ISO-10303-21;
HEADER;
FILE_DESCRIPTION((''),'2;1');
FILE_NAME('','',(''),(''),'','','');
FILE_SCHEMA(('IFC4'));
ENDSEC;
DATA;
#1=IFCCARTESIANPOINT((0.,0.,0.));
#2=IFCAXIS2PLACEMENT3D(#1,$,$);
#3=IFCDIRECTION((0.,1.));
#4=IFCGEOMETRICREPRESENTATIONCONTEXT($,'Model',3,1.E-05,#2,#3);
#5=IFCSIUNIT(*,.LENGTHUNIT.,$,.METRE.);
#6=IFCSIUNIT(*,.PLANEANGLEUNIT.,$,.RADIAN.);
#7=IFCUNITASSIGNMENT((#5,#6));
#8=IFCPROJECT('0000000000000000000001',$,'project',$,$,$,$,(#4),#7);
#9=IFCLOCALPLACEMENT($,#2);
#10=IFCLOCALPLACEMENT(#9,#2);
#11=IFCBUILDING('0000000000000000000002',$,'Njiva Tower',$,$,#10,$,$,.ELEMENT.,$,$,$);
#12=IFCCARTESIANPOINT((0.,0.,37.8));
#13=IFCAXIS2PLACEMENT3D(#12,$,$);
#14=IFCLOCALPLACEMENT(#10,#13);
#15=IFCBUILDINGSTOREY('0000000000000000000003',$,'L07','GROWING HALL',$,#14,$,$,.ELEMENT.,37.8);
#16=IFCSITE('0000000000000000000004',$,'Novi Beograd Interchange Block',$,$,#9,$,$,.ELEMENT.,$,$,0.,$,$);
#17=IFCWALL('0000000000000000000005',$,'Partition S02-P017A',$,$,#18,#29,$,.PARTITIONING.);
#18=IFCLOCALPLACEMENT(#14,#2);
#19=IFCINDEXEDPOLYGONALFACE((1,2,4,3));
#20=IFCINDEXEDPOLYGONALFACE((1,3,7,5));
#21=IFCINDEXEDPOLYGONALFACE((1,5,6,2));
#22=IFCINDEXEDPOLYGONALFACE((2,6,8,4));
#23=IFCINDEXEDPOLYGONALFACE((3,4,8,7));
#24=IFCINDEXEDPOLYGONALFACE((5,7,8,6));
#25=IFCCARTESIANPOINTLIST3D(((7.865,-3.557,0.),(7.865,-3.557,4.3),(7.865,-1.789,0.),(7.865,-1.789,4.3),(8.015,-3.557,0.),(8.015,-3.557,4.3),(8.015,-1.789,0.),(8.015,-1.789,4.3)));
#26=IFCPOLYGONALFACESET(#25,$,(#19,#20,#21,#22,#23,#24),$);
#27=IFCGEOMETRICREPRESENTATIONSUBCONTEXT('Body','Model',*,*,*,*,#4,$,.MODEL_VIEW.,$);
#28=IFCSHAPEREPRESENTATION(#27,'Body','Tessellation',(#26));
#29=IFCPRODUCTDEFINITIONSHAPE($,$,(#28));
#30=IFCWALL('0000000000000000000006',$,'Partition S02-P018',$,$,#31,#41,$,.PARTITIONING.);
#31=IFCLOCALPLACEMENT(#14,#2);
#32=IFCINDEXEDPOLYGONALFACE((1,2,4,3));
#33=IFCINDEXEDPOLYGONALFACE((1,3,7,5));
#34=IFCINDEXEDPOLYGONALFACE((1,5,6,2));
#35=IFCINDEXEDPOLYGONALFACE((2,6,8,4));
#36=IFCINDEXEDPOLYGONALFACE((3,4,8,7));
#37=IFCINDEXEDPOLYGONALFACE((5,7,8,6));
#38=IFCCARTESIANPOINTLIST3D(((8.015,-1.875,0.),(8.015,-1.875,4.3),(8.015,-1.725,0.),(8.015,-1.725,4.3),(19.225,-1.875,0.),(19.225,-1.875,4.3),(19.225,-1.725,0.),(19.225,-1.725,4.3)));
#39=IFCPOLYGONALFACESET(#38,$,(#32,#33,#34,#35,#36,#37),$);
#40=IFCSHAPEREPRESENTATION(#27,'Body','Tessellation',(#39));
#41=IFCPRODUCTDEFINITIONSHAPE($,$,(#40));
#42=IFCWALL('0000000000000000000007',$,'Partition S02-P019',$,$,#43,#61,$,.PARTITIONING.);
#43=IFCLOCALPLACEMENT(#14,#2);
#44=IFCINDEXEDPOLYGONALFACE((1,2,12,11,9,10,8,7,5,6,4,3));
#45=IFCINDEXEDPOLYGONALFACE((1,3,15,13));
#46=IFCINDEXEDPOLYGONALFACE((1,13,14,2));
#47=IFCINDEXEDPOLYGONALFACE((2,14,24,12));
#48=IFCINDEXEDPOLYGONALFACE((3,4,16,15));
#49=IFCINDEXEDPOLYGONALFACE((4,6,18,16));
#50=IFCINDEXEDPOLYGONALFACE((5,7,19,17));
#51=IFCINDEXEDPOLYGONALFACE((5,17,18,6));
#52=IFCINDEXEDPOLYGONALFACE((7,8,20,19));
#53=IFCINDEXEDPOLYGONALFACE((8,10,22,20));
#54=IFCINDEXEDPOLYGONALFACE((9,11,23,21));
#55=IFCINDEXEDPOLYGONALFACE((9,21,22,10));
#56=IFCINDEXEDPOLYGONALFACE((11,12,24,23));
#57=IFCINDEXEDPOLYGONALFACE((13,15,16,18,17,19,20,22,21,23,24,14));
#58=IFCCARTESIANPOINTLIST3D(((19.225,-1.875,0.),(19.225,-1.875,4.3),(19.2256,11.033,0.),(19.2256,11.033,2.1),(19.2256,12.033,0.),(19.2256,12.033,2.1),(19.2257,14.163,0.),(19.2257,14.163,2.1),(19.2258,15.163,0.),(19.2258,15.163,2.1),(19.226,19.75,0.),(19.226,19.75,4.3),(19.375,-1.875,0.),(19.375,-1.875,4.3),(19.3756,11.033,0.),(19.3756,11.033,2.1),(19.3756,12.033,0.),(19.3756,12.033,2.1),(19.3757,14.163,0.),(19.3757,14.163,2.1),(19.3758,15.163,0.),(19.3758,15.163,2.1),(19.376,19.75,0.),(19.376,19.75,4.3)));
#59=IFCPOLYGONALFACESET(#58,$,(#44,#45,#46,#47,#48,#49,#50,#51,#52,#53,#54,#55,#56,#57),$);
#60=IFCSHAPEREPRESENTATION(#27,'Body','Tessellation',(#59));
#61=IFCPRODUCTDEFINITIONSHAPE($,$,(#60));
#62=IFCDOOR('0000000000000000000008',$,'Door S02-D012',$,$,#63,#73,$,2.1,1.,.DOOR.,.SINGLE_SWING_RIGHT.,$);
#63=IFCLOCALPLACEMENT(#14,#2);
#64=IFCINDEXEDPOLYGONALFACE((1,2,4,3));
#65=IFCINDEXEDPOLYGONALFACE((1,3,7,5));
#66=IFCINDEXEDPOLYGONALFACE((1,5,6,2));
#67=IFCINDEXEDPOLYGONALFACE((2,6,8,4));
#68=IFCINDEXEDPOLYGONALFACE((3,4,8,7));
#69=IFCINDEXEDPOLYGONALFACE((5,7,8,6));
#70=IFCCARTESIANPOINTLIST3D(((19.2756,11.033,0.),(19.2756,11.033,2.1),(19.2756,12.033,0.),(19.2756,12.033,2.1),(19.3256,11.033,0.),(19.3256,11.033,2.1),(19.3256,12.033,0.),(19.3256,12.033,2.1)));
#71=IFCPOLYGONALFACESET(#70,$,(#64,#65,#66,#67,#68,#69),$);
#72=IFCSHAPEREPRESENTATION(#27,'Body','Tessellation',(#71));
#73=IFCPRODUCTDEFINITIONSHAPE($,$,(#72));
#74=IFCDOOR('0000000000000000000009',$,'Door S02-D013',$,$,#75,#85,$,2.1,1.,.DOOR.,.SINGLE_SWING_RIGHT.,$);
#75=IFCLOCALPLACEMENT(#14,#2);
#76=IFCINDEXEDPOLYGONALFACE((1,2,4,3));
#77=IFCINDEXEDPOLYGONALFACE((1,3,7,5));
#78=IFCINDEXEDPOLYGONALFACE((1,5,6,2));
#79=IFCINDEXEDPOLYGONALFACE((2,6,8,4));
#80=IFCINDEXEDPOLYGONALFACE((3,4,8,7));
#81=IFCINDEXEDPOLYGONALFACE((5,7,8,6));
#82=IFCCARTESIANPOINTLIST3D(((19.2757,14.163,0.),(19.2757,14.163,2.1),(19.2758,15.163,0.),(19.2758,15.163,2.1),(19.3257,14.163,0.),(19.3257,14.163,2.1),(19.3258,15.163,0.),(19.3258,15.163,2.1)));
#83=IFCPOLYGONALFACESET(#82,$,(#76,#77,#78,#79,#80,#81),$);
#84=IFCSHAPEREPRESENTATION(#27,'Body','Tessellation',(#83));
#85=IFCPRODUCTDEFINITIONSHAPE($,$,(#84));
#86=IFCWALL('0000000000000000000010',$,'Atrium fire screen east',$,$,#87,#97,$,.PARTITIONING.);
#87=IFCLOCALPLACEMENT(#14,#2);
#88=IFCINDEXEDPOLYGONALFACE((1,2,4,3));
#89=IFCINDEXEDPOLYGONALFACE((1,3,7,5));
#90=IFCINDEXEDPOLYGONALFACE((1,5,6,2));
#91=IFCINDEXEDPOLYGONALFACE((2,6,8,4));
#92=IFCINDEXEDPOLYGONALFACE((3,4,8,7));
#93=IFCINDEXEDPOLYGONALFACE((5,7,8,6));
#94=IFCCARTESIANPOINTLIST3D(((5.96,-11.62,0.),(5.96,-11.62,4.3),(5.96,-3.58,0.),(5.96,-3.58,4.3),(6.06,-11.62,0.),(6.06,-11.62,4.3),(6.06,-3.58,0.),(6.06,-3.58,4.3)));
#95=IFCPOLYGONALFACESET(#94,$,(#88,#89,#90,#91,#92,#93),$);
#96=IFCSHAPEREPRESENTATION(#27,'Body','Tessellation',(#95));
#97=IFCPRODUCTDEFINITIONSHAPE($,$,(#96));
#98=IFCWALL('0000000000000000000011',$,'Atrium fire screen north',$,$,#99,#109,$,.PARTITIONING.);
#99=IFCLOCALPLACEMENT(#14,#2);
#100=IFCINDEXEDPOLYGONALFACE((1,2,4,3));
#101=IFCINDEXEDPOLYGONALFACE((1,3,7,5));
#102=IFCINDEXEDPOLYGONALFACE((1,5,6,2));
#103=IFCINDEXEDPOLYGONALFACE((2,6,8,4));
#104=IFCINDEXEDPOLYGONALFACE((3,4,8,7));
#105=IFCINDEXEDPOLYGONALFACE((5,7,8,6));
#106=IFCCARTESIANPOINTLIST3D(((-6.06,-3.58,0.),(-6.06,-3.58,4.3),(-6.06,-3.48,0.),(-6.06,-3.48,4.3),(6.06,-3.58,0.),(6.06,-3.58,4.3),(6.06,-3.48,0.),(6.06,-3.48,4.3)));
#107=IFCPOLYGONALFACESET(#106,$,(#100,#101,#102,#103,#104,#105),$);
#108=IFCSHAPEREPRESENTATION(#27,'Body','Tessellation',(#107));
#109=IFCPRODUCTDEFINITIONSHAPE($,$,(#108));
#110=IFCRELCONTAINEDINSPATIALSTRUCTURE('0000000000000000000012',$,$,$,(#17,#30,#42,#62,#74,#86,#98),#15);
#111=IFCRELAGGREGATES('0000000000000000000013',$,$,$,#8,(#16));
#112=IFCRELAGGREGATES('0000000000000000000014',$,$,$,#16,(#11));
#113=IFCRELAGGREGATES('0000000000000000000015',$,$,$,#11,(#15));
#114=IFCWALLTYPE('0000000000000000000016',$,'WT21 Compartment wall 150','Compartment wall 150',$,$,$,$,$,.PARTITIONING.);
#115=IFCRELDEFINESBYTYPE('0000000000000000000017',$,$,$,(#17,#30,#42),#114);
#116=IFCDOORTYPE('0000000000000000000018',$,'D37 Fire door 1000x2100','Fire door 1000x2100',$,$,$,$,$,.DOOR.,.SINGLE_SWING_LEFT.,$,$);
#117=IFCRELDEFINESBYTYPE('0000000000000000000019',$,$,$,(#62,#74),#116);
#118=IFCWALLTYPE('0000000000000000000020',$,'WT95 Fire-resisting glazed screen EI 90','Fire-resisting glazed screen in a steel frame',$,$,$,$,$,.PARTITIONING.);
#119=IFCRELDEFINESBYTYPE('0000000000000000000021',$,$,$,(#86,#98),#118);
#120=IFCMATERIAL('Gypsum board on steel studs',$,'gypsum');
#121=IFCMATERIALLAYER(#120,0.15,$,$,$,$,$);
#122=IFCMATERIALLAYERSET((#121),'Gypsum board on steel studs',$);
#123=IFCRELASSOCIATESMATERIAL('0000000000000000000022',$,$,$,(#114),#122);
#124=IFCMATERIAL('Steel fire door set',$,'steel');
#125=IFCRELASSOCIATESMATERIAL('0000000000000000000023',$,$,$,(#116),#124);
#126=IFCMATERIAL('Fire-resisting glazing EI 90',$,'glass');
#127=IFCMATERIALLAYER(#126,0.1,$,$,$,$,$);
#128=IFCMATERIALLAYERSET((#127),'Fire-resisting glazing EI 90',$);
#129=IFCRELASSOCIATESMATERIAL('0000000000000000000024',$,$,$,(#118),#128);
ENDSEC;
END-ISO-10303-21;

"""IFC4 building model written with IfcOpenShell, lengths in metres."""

from ifc_helpers import new_model, si_unit, direction, frame, frame_2d, origin, place, context, subcontext, project, spatial, rectangle, extrude, material, layer, layer_set, type_object, element, fill, save


model = new_model("IFC4")

# Units and contexts
model_context = context("Model", 3, precision=1e-05, world=origin(), true_north=direction((0.0, 1.0)))
body_context = subcontext(model_context, "Body", "Model", "MODEL_VIEW")
ifc_project = project(units=[si_unit("LENGTHUNIT", "METRE"), si_unit("PLANEANGLEUNIT", "RADIAN")], contexts=[model_context])

# Site, building, storey
site_placement = place(None, origin())
site = spatial("IfcSite", under=ifc_project, at=site_placement, Name="Novi Beograd Interchange Block", CompositionType="ELEMENT", RefElevation=0.0)
building_placement = place(site_placement, origin())
building = spatial("IfcBuilding", under=site, at=building_placement, Name="Njiva Tower", CompositionType="ELEMENT")
storey_placement = place(building_placement, frame((0.0, 0.0, 37.8)))
storey = spatial("IfcBuildingStorey", under=building, at=storey_placement, Name="L07", Description="GROWING HALL", CompositionType="ELEMENT", Elevation=37.8)

# Shared definitions
ifc_material_1 = material(Name="Gypsum board on steel studs", Category="gypsum")
ifc_layer_1 = layer(ifc_material_1, 0.15)
ifc_layer_set_1 = layer_set([ifc_layer_1], Name="Gypsum board on steel studs")
wall_type_1 = type_object("IfcWallType", Name="WT21 Compartment wall 150", Description="Compartment wall 150", PredefinedType="PARTITIONING", material=ifc_layer_set_1)

# Shared definitions
ifc_material_2 = material(Name="Steel fire door set", Category="steel")
door_type = type_object("IfcDoorType", Name="D37 Fire door 1000x2100", Description="Fire door 1000x2100", OperationType="SINGLE_SWING_LEFT", PredefinedType="DOOR", material=ifc_material_2)

# Walls
wall_1_placement = place(storey_placement, frame((7.94, -3.557, 0.0), z_axis=(0.0, 0.0, 1.0), x_axis=(0.0, 1.0, 0.0)))
element("IfcWall", 1, at=wall_1_placement, inside=storey, type_object=wall_type_1, Name="Partition S02-P017A", PredefinedType="PARTITIONING", context=body_context, shape_type="SweptSolid", body=[
    extrude(rectangle(XDim=1.768, YDim=0.15, at=frame_2d((0.884, 0.0))), origin(), (0.0, 0.0, 1.0), 4.3),
])
wall_2_placement = place(storey_placement, frame((8.015, -1.8, 0.0), z_axis=(0.0, 0.0, 1.0), x_axis=(1.0, 0.0, 0.0)))
element("IfcWall", 2, at=wall_2_placement, inside=storey, type_object=wall_type_1, Name="Partition S02-P018", PredefinedType="PARTITIONING", context=body_context, shape_type="SweptSolid", body=[
    extrude(rectangle(XDim=11.21, YDim=0.15, at=frame_2d((5.605, 0.0))), origin(), (0.0, 0.0, 1.0), 4.3),
])

# Wall, openings, doors
wall_3_placement = place(storey_placement, frame((19.3, -1.875, 0.0), z_axis=(0.0, 0.0, 1.0), x_axis=(0.000046, 1.0, 0.0)))
wall_3 = element("IfcWall", 3, at=wall_3_placement, inside=storey, type_object=wall_type_1, Name="Partition S02-P019", PredefinedType="PARTITIONING", context=body_context, shape_type="SweptSolid", body=[
    extrude(rectangle(XDim=21.625, YDim=0.15, at=frame_2d((10.8125, 0.0))), origin(), (0.0, 0.0, 1.0), 4.3),
])
opening_1_placement = place(wall_3_placement, frame((12.908, 0.0, 0.0)))
opening_1 = element("IfcOpeningElement", 4, at=opening_1_placement, cuts=wall_3, PredefinedType="OPENING", context=body_context, shape_type="SweptSolid", body=[
    extrude(rectangle(XDim=1.0, YDim=2.1, at=frame_2d((0.5, 1.05))), frame((0.0, 0.085, 0.0), z_axis=(0.0, -1.0, 0.0), x_axis=(1.0, 0.0, 0.0)), (0.0, 0.0, 1.0), 0.17),
])
opening_2_placement = place(wall_3_placement, frame((16.038, 0.0, 0.0)))
opening_2 = element("IfcOpeningElement", 5, at=opening_2_placement, cuts=wall_3, PredefinedType="OPENING", context=body_context, shape_type="SweptSolid", body=[
    extrude(rectangle(XDim=1.0, YDim=2.1, at=frame_2d((0.5, 1.05))), frame((0.0, 0.085, 0.0), z_axis=(0.0, -1.0, 0.0), x_axis=(1.0, 0.0, 0.0)), (0.0, 0.0, 1.0), 0.17),
])
door_1_placement = place(opening_1_placement, origin())
door_1 = element("IfcDoor", 6, at=door_1_placement, inside=storey, type_object=door_type, Name="Door S02-D012", OperationType="SINGLE_SWING_RIGHT", OverallHeight=2.1, OverallWidth=1.0, PredefinedType="DOOR", context=body_context, shape_type="SweptSolid", body=[
    extrude(rectangle(XDim=1.0, YDim=2.1, at=frame_2d((0.5, 1.05))), frame((0.0, 0.025, 0.0), z_axis=(0.0, -1.0, 0.0), x_axis=(1.0, 0.0, 0.0)), (0.0, 0.0, 1.0), 0.05),
])
fill(opening_1, door_1)
door_2_placement = place(opening_2_placement, origin())
door_2 = element("IfcDoor", 7, at=door_2_placement, inside=storey, type_object=door_type, Name="Door S02-D013", OperationType="SINGLE_SWING_RIGHT", OverallHeight=2.1, OverallWidth=1.0, PredefinedType="DOOR", context=body_context, shape_type="SweptSolid", body=[
    extrude(rectangle(XDim=1.0, YDim=2.1, at=frame_2d((0.5, 1.05))), frame((0.0, 0.025, 0.0), z_axis=(0.0, -1.0, 0.0), x_axis=(1.0, 0.0, 0.0)), (0.0, 0.0, 1.0), 0.05),
])
fill(opening_2, door_2)

# Walls
ifc_material_3 = material(Name="Fire-resisting glazing EI 90", Category="glass")
ifc_layer_2 = layer(ifc_material_3, 0.1)
ifc_layer_set_2 = layer_set([ifc_layer_2], Name="Fire-resisting glazing EI 90")
wall_type_2 = type_object("IfcWallType", Name="WT95 Fire-resisting glazed screen EI 90", Description="Fire-resisting glazed screen in a steel frame", PredefinedType="PARTITIONING", material=ifc_layer_set_2)
wall_4_placement = place(storey_placement, frame((6.01, -11.62, 0.0), z_axis=(0.0, 0.0, 1.0), x_axis=(0.0, 1.0, 0.0)))
element("IfcWall", 8, at=wall_4_placement, inside=storey, type_object=wall_type_2, Name="Atrium fire screen east", PredefinedType="PARTITIONING", context=body_context, shape_type="SweptSolid", body=[
    extrude(rectangle(XDim=8.04, YDim=0.1, at=frame_2d((4.02, 0.0))), origin(), (0.0, 0.0, 1.0), 4.3),
])
wall_5_placement = place(storey_placement, frame((6.06, -3.53, 0.0), z_axis=(0.0, 0.0, 1.0), x_axis=(-1.0, 0.0, 0.0)))
element("IfcWall", 9, at=wall_5_placement, inside=storey, type_object=wall_type_2, Name="Atrium fire screen north", PredefinedType="PARTITIONING", context=body_context, shape_type="SweptSolid", body=[
    extrude(rectangle(XDim=12.12, YDim=0.1, at=frame_2d((6.06, 0.0))), origin(), (0.0, 0.0, 1.0), 4.3),
])

save(model, "model.ifc")
